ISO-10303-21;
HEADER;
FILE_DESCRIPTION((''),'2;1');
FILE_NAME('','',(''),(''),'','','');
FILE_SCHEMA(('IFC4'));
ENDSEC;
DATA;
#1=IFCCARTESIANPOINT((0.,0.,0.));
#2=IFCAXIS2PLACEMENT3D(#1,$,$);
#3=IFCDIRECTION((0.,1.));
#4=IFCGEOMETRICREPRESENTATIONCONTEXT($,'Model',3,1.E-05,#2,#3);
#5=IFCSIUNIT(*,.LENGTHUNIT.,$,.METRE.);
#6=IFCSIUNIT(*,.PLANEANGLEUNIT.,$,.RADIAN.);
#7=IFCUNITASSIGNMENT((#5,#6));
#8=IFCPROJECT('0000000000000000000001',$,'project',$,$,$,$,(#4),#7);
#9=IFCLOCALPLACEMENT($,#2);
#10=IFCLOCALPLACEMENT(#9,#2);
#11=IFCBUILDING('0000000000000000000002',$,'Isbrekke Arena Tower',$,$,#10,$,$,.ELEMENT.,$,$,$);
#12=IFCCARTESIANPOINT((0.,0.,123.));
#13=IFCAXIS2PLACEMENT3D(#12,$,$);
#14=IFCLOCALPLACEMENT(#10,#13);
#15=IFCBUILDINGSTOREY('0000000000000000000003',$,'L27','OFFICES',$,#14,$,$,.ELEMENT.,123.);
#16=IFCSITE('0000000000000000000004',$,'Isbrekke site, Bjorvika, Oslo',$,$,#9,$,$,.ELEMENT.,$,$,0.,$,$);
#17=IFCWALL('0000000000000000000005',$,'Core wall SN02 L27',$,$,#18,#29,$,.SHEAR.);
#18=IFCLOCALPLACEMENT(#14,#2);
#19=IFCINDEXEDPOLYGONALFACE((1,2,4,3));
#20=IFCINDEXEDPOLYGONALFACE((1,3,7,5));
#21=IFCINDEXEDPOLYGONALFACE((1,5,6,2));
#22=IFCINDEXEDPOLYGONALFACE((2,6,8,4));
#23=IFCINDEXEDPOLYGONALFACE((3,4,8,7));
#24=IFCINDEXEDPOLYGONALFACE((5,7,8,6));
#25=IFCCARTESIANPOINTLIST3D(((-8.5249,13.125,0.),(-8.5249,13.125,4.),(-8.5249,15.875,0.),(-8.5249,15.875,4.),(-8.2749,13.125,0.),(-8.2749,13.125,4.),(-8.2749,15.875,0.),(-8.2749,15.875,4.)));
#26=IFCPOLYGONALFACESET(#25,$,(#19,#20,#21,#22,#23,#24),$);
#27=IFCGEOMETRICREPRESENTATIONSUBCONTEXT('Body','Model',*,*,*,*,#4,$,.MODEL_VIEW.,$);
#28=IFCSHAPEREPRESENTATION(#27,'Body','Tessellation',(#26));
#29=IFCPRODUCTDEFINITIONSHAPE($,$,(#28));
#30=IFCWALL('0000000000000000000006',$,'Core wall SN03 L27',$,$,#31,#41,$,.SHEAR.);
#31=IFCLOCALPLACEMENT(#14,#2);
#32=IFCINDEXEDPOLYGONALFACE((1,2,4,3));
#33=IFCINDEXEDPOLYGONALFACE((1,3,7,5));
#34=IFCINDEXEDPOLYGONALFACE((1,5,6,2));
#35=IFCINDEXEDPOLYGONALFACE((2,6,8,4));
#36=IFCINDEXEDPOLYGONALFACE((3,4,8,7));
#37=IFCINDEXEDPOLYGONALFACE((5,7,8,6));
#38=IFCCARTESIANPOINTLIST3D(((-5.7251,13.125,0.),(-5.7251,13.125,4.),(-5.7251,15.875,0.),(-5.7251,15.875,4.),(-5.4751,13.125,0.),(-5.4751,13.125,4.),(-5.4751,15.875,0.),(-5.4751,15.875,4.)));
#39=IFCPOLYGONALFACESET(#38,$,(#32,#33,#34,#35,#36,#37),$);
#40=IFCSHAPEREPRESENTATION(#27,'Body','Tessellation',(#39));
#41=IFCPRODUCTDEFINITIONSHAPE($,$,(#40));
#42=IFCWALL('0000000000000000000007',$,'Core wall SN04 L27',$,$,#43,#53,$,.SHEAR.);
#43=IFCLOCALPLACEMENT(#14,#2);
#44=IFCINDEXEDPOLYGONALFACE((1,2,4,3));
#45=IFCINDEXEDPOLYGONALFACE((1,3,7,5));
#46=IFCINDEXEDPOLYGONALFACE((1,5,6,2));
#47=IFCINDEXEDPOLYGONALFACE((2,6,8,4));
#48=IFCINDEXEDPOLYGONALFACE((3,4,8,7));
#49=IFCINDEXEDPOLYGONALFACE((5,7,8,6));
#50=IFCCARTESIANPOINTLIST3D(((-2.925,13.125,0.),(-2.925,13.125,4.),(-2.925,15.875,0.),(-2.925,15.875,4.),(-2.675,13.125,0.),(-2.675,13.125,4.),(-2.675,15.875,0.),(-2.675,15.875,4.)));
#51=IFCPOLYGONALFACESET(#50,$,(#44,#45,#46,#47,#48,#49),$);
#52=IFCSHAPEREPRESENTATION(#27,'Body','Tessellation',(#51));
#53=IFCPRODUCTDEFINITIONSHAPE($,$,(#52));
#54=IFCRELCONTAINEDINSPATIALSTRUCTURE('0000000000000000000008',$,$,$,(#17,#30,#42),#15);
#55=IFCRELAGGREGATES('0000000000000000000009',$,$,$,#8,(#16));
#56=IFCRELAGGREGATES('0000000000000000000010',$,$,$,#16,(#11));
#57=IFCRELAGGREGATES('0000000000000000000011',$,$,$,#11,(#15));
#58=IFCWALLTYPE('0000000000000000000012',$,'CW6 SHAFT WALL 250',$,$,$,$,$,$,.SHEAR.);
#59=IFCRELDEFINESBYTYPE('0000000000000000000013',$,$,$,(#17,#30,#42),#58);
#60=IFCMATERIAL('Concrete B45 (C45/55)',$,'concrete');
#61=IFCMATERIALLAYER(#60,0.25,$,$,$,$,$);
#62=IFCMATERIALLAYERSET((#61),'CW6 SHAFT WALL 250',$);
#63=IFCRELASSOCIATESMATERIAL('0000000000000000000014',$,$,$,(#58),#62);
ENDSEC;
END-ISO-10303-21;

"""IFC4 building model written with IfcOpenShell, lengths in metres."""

from ifc_helpers import new_model, si_unit, direction, frame, frame_2d, origin, place, context, subcontext, project, spatial, rectangle, extrude, material, layer, layer_set, type_object, element, save


model = new_model("IFC4")

# Units and contexts
model_context = context("Model", 3, precision=1e-05, world=origin(), true_north=direction((0.0, 1.0)))
body_context = subcontext(model_context, "Body", "Model", "MODEL_VIEW")
ifc_project = project(units=[si_unit("LENGTHUNIT", "METRE"), si_unit("PLANEANGLEUNIT", "RADIAN")], contexts=[model_context])

# Site, building, storey
site_placement = place(None, origin())
site = spatial("IfcSite", under=ifc_project, at=site_placement, Name="Isbrekke site, Bjorvika, Oslo", CompositionType="ELEMENT", RefElevation=0.0)
building_placement = place(site_placement, origin())
building = spatial("IfcBuilding", under=site, at=building_placement, Name="Isbrekke Arena Tower", CompositionType="ELEMENT")
storey_placement = place(building_placement, frame((0.0, 0.0, 123.0)))
storey = spatial("IfcBuildingStorey", under=building, at=storey_placement, Name="L27", Description="OFFICES", CompositionType="ELEMENT", Elevation=123.0)

# Shared definitions
ifc_material_1 = material(Name="Concrete B45 (C45/55)", Category="concrete")
ifc_layer_1 = layer(ifc_material_1, 0.25)
ifc_layer_set_1 = layer_set([ifc_layer_1], Name="CW6 SHAFT WALL 250")
wall_type_1 = type_object("IfcWallType", Name="CW6 SHAFT WALL 250", PredefinedType="SHEAR", material=ifc_layer_set_1)

# Walls
for number, where, z_axis, x_axis, name in (
    (1, (-8.3999, 13.125, 0.0), (0.0, 0.0, 1.0), (0.0, 1.0, 0.0), "Core wall SN02 L27"),
    (2, (-5.6001, 13.125, 0.0), (0.0, 0.0, 1.0), (0.0, 1.0, 0.0), "Core wall SN03 L27"),
    (3, (-2.8, 13.125, 0.0), (0.0, 0.0, 1.0), (0.0, 1.0, 0.0), "Core wall SN04 L27"),
):
    element("IfcWall", number, at=place(storey_placement, frame(where, z_axis=z_axis, x_axis=x_axis)), inside=storey, type_object=wall_type_1, Name=name, PredefinedType="SHEAR", context=body_context, shape_type="SweptSolid", body=[
        extrude(rectangle(XDim=2.75, YDim=0.25, at=frame_2d((1.375, 0.0))), origin(), (0.0, 0.0, 1.0), 4.0),
    ])

save(model, "model.ifc")
